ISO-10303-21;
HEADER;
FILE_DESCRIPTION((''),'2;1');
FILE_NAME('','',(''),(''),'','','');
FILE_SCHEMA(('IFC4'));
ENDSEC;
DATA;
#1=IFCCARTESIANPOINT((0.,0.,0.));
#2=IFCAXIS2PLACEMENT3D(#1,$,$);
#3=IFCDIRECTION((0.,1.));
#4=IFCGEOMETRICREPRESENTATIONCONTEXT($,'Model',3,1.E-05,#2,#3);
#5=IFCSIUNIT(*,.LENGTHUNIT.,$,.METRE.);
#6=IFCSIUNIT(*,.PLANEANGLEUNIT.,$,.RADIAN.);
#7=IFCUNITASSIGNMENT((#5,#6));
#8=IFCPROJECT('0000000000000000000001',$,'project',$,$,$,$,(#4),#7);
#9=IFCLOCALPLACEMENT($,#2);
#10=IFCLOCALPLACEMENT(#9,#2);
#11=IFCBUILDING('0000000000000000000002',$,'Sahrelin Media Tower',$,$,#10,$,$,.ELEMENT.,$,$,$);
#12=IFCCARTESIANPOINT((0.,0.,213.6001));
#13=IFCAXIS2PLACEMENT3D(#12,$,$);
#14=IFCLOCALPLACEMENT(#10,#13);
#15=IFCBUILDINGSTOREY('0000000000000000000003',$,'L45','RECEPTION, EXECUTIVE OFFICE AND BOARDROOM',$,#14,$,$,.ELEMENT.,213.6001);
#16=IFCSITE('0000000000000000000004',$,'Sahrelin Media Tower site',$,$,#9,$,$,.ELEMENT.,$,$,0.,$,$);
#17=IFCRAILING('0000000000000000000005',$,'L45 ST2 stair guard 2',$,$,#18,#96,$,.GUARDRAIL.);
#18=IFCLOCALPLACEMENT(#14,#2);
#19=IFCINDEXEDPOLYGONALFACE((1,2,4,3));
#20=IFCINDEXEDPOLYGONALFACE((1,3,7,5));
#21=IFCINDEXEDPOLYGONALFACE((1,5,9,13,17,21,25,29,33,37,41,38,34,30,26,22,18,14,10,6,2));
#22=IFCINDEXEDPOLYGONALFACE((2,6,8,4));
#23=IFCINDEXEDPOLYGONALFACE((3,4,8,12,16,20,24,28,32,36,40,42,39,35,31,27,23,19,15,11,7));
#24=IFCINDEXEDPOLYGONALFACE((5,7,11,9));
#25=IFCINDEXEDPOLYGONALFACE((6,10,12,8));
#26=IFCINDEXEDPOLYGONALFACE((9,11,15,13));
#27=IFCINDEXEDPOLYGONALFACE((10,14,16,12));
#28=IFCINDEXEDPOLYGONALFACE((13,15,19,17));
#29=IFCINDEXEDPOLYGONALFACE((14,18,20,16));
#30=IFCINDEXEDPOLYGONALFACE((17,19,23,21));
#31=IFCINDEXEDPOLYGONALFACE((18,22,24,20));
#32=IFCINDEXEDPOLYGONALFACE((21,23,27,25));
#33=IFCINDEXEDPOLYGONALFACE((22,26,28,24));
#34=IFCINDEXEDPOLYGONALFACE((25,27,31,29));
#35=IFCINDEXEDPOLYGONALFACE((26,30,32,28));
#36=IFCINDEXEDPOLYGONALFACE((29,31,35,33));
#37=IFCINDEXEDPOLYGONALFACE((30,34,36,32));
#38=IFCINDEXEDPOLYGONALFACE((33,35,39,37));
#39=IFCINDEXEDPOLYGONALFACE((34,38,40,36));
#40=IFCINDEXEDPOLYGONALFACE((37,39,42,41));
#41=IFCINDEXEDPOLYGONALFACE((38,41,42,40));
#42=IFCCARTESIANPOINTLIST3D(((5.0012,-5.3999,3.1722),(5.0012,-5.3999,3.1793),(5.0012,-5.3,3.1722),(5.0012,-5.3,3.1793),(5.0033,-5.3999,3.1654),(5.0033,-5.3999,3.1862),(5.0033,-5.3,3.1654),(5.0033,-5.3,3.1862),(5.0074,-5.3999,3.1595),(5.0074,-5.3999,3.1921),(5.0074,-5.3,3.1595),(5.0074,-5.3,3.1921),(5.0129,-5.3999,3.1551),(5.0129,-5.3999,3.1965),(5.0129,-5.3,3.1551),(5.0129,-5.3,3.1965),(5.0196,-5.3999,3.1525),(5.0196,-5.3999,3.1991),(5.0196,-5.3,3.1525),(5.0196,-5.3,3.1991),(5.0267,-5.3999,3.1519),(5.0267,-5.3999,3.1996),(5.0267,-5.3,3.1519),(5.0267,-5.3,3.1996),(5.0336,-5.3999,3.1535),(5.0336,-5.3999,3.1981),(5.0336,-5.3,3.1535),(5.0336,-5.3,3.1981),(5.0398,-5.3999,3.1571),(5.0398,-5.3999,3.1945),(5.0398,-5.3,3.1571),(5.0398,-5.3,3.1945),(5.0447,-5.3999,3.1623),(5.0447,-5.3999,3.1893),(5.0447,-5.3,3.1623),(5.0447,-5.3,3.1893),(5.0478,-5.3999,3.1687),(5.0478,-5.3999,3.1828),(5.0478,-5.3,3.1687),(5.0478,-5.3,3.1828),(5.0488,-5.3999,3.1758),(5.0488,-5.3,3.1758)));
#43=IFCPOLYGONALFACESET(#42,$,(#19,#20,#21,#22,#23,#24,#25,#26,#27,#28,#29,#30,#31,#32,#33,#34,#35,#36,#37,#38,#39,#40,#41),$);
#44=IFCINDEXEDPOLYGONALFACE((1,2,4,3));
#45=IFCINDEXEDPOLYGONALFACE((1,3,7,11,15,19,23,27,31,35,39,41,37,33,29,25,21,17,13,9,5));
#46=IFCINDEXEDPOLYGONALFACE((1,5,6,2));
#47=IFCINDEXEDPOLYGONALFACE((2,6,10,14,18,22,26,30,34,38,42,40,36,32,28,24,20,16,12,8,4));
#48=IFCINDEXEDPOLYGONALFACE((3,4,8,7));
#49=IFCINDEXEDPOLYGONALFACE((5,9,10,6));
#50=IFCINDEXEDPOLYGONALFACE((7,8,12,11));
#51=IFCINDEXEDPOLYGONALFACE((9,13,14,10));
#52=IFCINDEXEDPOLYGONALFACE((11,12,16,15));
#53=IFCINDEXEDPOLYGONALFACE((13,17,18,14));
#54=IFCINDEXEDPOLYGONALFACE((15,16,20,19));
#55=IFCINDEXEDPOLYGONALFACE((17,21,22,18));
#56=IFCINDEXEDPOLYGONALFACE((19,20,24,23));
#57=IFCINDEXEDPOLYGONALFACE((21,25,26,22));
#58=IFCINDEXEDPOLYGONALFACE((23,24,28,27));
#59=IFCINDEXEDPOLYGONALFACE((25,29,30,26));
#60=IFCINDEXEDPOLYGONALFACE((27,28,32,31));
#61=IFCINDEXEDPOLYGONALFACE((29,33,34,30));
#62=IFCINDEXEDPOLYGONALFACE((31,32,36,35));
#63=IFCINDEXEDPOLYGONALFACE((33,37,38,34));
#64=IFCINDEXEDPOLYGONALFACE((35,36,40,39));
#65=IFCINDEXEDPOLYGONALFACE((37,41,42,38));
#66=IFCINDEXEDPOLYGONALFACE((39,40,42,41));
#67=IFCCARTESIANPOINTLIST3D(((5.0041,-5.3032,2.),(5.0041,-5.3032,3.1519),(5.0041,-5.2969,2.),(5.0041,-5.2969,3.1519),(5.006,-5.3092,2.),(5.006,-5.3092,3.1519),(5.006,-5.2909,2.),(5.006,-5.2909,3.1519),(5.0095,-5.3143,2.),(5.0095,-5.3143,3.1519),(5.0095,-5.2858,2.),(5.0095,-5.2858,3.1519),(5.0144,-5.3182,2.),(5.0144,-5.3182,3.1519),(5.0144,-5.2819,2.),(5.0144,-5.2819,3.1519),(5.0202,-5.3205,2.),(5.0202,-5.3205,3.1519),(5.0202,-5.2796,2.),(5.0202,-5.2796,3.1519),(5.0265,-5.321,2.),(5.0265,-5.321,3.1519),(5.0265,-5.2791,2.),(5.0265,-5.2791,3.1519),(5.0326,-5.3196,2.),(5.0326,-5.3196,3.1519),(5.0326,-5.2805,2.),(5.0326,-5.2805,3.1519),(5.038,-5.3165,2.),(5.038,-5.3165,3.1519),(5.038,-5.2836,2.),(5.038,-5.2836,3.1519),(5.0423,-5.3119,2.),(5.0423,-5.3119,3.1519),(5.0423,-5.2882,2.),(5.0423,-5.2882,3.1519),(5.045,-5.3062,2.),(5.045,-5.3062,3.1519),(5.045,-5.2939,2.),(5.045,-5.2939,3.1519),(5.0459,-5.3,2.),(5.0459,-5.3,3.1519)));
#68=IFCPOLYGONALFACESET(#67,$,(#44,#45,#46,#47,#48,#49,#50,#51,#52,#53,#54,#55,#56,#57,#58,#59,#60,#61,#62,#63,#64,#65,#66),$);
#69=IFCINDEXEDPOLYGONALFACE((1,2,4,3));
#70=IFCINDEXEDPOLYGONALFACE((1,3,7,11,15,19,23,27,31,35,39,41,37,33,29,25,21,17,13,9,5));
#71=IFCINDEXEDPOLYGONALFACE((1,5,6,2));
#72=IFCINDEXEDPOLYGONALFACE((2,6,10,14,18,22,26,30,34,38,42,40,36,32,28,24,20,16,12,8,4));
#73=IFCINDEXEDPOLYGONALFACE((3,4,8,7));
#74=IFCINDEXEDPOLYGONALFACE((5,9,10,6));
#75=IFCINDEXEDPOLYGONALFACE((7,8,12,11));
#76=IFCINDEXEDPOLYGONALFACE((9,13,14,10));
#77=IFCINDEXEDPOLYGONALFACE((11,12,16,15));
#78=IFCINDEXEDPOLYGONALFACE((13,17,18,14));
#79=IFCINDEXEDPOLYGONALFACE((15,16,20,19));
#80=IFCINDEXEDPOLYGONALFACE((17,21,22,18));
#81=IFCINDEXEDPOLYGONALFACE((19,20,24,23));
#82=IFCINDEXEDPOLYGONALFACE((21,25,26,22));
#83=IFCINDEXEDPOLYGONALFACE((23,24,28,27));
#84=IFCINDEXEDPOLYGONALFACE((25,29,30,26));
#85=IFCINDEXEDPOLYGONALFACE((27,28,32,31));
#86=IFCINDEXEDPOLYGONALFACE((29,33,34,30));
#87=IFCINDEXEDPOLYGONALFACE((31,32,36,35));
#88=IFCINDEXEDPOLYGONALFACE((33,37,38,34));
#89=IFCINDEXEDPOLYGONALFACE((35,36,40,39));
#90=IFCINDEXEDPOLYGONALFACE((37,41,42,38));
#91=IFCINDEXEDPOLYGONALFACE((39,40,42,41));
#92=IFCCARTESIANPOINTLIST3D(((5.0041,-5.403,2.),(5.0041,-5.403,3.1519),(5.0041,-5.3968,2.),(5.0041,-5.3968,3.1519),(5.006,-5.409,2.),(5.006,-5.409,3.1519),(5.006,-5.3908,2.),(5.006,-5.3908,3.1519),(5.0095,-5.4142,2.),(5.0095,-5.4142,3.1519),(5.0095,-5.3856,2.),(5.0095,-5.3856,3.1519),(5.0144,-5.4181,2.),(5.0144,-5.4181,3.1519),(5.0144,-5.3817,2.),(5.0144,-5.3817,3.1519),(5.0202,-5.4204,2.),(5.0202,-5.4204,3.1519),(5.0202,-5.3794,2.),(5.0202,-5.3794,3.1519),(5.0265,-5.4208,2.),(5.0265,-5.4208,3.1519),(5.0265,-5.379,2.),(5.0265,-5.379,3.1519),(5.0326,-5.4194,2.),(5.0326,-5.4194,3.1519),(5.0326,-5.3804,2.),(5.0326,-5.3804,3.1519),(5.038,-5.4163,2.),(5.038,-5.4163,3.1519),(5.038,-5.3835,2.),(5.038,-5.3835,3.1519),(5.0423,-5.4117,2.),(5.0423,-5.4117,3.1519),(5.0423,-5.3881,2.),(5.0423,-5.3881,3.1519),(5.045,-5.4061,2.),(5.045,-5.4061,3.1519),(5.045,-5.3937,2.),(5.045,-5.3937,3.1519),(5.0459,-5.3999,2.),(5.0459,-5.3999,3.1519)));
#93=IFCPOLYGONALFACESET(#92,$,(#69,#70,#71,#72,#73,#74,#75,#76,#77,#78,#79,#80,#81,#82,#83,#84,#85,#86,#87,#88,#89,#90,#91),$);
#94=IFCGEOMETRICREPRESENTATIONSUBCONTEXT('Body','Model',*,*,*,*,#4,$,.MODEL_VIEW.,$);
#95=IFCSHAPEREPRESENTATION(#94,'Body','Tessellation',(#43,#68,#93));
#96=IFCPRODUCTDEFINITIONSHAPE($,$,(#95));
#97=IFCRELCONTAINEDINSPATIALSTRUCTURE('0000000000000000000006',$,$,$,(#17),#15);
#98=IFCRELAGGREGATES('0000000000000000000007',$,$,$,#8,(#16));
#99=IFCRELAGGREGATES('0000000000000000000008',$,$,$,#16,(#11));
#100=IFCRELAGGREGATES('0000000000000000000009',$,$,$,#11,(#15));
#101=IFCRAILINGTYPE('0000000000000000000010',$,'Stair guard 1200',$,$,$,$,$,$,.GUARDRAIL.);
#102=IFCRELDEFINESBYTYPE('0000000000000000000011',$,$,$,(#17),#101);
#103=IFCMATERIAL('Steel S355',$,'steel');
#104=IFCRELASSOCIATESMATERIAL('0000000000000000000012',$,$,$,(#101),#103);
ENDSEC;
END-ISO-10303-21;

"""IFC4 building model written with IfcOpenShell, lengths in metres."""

from ifc_helpers import new_model, si_unit, direction, frame, origin, origin_2d, place, context, subcontext, project, spatial, circle, extrude, material, type_object, element, save


model = new_model("IFC4")

# Units and contexts
model_context = context("Model", 3, precision=1e-05, world=origin(), true_north=direction((0.0, 1.0)))
body_context = subcontext(model_context, "Body", "Model", "MODEL_VIEW")
ifc_project = project(units=[si_unit("LENGTHUNIT", "METRE"), si_unit("PLANEANGLEUNIT", "RADIAN")], contexts=[model_context])

# Site, building, storey
site_placement = place(None, origin())
site = spatial("IfcSite", under=ifc_project, at=site_placement, Name="Sahrelin Media Tower site", CompositionType="ELEMENT", RefElevation=0.0)
building_placement = place(site_placement, origin())
building = spatial("IfcBuilding", under=site, at=building_placement, Name="Sahrelin Media Tower", CompositionType="ELEMENT")
storey_placement = place(building_placement, frame((0.0, 0.0, 213.6001)))
storey = spatial("IfcBuildingStorey", under=building, at=storey_placement, Name="L45", Description="RECEPTION, EXECUTIVE OFFICE AND BOARDROOM", CompositionType="ELEMENT", Elevation=213.6001)

# Shared definitions
ifc_material_1 = material(Name="Steel S355", Category="steel")

# Railing
railing_type_1 = type_object("IfcRailingType", Name="Stair guard 1200", PredefinedType="GUARDRAIL", material=ifc_material_1)
railing_1_placement = place(storey_placement, frame((5.0249, -5.3, 2.0)))
element("IfcRailing", 1, at=railing_1_placement, inside=storey, type_object=railing_type_1, Name="L45 ST2 stair guard 2", PredefinedType="GUARDRAIL", context=body_context, shape_type="SweptSolid", body=[
    extrude(circle(Radius=0.0239, at=origin_2d()), frame((0.0, 0.0, 1.1758), z_axis=(0.0, -1.0, 0.0), x_axis=(1.0, 0.0, 0.0)), (0.0, 0.0, 1.0), 0.0999),
    extrude(circle(Radius=0.021, at=origin_2d()), origin(), (0.0, 0.0, 1.0), 1.1519),
    extrude(circle(Radius=0.021, at=origin_2d()), frame((0.0, -0.0999, 0.0)), (0.0, 0.0, 1.0), 1.1519),
])

save(model, "model.ifc")
